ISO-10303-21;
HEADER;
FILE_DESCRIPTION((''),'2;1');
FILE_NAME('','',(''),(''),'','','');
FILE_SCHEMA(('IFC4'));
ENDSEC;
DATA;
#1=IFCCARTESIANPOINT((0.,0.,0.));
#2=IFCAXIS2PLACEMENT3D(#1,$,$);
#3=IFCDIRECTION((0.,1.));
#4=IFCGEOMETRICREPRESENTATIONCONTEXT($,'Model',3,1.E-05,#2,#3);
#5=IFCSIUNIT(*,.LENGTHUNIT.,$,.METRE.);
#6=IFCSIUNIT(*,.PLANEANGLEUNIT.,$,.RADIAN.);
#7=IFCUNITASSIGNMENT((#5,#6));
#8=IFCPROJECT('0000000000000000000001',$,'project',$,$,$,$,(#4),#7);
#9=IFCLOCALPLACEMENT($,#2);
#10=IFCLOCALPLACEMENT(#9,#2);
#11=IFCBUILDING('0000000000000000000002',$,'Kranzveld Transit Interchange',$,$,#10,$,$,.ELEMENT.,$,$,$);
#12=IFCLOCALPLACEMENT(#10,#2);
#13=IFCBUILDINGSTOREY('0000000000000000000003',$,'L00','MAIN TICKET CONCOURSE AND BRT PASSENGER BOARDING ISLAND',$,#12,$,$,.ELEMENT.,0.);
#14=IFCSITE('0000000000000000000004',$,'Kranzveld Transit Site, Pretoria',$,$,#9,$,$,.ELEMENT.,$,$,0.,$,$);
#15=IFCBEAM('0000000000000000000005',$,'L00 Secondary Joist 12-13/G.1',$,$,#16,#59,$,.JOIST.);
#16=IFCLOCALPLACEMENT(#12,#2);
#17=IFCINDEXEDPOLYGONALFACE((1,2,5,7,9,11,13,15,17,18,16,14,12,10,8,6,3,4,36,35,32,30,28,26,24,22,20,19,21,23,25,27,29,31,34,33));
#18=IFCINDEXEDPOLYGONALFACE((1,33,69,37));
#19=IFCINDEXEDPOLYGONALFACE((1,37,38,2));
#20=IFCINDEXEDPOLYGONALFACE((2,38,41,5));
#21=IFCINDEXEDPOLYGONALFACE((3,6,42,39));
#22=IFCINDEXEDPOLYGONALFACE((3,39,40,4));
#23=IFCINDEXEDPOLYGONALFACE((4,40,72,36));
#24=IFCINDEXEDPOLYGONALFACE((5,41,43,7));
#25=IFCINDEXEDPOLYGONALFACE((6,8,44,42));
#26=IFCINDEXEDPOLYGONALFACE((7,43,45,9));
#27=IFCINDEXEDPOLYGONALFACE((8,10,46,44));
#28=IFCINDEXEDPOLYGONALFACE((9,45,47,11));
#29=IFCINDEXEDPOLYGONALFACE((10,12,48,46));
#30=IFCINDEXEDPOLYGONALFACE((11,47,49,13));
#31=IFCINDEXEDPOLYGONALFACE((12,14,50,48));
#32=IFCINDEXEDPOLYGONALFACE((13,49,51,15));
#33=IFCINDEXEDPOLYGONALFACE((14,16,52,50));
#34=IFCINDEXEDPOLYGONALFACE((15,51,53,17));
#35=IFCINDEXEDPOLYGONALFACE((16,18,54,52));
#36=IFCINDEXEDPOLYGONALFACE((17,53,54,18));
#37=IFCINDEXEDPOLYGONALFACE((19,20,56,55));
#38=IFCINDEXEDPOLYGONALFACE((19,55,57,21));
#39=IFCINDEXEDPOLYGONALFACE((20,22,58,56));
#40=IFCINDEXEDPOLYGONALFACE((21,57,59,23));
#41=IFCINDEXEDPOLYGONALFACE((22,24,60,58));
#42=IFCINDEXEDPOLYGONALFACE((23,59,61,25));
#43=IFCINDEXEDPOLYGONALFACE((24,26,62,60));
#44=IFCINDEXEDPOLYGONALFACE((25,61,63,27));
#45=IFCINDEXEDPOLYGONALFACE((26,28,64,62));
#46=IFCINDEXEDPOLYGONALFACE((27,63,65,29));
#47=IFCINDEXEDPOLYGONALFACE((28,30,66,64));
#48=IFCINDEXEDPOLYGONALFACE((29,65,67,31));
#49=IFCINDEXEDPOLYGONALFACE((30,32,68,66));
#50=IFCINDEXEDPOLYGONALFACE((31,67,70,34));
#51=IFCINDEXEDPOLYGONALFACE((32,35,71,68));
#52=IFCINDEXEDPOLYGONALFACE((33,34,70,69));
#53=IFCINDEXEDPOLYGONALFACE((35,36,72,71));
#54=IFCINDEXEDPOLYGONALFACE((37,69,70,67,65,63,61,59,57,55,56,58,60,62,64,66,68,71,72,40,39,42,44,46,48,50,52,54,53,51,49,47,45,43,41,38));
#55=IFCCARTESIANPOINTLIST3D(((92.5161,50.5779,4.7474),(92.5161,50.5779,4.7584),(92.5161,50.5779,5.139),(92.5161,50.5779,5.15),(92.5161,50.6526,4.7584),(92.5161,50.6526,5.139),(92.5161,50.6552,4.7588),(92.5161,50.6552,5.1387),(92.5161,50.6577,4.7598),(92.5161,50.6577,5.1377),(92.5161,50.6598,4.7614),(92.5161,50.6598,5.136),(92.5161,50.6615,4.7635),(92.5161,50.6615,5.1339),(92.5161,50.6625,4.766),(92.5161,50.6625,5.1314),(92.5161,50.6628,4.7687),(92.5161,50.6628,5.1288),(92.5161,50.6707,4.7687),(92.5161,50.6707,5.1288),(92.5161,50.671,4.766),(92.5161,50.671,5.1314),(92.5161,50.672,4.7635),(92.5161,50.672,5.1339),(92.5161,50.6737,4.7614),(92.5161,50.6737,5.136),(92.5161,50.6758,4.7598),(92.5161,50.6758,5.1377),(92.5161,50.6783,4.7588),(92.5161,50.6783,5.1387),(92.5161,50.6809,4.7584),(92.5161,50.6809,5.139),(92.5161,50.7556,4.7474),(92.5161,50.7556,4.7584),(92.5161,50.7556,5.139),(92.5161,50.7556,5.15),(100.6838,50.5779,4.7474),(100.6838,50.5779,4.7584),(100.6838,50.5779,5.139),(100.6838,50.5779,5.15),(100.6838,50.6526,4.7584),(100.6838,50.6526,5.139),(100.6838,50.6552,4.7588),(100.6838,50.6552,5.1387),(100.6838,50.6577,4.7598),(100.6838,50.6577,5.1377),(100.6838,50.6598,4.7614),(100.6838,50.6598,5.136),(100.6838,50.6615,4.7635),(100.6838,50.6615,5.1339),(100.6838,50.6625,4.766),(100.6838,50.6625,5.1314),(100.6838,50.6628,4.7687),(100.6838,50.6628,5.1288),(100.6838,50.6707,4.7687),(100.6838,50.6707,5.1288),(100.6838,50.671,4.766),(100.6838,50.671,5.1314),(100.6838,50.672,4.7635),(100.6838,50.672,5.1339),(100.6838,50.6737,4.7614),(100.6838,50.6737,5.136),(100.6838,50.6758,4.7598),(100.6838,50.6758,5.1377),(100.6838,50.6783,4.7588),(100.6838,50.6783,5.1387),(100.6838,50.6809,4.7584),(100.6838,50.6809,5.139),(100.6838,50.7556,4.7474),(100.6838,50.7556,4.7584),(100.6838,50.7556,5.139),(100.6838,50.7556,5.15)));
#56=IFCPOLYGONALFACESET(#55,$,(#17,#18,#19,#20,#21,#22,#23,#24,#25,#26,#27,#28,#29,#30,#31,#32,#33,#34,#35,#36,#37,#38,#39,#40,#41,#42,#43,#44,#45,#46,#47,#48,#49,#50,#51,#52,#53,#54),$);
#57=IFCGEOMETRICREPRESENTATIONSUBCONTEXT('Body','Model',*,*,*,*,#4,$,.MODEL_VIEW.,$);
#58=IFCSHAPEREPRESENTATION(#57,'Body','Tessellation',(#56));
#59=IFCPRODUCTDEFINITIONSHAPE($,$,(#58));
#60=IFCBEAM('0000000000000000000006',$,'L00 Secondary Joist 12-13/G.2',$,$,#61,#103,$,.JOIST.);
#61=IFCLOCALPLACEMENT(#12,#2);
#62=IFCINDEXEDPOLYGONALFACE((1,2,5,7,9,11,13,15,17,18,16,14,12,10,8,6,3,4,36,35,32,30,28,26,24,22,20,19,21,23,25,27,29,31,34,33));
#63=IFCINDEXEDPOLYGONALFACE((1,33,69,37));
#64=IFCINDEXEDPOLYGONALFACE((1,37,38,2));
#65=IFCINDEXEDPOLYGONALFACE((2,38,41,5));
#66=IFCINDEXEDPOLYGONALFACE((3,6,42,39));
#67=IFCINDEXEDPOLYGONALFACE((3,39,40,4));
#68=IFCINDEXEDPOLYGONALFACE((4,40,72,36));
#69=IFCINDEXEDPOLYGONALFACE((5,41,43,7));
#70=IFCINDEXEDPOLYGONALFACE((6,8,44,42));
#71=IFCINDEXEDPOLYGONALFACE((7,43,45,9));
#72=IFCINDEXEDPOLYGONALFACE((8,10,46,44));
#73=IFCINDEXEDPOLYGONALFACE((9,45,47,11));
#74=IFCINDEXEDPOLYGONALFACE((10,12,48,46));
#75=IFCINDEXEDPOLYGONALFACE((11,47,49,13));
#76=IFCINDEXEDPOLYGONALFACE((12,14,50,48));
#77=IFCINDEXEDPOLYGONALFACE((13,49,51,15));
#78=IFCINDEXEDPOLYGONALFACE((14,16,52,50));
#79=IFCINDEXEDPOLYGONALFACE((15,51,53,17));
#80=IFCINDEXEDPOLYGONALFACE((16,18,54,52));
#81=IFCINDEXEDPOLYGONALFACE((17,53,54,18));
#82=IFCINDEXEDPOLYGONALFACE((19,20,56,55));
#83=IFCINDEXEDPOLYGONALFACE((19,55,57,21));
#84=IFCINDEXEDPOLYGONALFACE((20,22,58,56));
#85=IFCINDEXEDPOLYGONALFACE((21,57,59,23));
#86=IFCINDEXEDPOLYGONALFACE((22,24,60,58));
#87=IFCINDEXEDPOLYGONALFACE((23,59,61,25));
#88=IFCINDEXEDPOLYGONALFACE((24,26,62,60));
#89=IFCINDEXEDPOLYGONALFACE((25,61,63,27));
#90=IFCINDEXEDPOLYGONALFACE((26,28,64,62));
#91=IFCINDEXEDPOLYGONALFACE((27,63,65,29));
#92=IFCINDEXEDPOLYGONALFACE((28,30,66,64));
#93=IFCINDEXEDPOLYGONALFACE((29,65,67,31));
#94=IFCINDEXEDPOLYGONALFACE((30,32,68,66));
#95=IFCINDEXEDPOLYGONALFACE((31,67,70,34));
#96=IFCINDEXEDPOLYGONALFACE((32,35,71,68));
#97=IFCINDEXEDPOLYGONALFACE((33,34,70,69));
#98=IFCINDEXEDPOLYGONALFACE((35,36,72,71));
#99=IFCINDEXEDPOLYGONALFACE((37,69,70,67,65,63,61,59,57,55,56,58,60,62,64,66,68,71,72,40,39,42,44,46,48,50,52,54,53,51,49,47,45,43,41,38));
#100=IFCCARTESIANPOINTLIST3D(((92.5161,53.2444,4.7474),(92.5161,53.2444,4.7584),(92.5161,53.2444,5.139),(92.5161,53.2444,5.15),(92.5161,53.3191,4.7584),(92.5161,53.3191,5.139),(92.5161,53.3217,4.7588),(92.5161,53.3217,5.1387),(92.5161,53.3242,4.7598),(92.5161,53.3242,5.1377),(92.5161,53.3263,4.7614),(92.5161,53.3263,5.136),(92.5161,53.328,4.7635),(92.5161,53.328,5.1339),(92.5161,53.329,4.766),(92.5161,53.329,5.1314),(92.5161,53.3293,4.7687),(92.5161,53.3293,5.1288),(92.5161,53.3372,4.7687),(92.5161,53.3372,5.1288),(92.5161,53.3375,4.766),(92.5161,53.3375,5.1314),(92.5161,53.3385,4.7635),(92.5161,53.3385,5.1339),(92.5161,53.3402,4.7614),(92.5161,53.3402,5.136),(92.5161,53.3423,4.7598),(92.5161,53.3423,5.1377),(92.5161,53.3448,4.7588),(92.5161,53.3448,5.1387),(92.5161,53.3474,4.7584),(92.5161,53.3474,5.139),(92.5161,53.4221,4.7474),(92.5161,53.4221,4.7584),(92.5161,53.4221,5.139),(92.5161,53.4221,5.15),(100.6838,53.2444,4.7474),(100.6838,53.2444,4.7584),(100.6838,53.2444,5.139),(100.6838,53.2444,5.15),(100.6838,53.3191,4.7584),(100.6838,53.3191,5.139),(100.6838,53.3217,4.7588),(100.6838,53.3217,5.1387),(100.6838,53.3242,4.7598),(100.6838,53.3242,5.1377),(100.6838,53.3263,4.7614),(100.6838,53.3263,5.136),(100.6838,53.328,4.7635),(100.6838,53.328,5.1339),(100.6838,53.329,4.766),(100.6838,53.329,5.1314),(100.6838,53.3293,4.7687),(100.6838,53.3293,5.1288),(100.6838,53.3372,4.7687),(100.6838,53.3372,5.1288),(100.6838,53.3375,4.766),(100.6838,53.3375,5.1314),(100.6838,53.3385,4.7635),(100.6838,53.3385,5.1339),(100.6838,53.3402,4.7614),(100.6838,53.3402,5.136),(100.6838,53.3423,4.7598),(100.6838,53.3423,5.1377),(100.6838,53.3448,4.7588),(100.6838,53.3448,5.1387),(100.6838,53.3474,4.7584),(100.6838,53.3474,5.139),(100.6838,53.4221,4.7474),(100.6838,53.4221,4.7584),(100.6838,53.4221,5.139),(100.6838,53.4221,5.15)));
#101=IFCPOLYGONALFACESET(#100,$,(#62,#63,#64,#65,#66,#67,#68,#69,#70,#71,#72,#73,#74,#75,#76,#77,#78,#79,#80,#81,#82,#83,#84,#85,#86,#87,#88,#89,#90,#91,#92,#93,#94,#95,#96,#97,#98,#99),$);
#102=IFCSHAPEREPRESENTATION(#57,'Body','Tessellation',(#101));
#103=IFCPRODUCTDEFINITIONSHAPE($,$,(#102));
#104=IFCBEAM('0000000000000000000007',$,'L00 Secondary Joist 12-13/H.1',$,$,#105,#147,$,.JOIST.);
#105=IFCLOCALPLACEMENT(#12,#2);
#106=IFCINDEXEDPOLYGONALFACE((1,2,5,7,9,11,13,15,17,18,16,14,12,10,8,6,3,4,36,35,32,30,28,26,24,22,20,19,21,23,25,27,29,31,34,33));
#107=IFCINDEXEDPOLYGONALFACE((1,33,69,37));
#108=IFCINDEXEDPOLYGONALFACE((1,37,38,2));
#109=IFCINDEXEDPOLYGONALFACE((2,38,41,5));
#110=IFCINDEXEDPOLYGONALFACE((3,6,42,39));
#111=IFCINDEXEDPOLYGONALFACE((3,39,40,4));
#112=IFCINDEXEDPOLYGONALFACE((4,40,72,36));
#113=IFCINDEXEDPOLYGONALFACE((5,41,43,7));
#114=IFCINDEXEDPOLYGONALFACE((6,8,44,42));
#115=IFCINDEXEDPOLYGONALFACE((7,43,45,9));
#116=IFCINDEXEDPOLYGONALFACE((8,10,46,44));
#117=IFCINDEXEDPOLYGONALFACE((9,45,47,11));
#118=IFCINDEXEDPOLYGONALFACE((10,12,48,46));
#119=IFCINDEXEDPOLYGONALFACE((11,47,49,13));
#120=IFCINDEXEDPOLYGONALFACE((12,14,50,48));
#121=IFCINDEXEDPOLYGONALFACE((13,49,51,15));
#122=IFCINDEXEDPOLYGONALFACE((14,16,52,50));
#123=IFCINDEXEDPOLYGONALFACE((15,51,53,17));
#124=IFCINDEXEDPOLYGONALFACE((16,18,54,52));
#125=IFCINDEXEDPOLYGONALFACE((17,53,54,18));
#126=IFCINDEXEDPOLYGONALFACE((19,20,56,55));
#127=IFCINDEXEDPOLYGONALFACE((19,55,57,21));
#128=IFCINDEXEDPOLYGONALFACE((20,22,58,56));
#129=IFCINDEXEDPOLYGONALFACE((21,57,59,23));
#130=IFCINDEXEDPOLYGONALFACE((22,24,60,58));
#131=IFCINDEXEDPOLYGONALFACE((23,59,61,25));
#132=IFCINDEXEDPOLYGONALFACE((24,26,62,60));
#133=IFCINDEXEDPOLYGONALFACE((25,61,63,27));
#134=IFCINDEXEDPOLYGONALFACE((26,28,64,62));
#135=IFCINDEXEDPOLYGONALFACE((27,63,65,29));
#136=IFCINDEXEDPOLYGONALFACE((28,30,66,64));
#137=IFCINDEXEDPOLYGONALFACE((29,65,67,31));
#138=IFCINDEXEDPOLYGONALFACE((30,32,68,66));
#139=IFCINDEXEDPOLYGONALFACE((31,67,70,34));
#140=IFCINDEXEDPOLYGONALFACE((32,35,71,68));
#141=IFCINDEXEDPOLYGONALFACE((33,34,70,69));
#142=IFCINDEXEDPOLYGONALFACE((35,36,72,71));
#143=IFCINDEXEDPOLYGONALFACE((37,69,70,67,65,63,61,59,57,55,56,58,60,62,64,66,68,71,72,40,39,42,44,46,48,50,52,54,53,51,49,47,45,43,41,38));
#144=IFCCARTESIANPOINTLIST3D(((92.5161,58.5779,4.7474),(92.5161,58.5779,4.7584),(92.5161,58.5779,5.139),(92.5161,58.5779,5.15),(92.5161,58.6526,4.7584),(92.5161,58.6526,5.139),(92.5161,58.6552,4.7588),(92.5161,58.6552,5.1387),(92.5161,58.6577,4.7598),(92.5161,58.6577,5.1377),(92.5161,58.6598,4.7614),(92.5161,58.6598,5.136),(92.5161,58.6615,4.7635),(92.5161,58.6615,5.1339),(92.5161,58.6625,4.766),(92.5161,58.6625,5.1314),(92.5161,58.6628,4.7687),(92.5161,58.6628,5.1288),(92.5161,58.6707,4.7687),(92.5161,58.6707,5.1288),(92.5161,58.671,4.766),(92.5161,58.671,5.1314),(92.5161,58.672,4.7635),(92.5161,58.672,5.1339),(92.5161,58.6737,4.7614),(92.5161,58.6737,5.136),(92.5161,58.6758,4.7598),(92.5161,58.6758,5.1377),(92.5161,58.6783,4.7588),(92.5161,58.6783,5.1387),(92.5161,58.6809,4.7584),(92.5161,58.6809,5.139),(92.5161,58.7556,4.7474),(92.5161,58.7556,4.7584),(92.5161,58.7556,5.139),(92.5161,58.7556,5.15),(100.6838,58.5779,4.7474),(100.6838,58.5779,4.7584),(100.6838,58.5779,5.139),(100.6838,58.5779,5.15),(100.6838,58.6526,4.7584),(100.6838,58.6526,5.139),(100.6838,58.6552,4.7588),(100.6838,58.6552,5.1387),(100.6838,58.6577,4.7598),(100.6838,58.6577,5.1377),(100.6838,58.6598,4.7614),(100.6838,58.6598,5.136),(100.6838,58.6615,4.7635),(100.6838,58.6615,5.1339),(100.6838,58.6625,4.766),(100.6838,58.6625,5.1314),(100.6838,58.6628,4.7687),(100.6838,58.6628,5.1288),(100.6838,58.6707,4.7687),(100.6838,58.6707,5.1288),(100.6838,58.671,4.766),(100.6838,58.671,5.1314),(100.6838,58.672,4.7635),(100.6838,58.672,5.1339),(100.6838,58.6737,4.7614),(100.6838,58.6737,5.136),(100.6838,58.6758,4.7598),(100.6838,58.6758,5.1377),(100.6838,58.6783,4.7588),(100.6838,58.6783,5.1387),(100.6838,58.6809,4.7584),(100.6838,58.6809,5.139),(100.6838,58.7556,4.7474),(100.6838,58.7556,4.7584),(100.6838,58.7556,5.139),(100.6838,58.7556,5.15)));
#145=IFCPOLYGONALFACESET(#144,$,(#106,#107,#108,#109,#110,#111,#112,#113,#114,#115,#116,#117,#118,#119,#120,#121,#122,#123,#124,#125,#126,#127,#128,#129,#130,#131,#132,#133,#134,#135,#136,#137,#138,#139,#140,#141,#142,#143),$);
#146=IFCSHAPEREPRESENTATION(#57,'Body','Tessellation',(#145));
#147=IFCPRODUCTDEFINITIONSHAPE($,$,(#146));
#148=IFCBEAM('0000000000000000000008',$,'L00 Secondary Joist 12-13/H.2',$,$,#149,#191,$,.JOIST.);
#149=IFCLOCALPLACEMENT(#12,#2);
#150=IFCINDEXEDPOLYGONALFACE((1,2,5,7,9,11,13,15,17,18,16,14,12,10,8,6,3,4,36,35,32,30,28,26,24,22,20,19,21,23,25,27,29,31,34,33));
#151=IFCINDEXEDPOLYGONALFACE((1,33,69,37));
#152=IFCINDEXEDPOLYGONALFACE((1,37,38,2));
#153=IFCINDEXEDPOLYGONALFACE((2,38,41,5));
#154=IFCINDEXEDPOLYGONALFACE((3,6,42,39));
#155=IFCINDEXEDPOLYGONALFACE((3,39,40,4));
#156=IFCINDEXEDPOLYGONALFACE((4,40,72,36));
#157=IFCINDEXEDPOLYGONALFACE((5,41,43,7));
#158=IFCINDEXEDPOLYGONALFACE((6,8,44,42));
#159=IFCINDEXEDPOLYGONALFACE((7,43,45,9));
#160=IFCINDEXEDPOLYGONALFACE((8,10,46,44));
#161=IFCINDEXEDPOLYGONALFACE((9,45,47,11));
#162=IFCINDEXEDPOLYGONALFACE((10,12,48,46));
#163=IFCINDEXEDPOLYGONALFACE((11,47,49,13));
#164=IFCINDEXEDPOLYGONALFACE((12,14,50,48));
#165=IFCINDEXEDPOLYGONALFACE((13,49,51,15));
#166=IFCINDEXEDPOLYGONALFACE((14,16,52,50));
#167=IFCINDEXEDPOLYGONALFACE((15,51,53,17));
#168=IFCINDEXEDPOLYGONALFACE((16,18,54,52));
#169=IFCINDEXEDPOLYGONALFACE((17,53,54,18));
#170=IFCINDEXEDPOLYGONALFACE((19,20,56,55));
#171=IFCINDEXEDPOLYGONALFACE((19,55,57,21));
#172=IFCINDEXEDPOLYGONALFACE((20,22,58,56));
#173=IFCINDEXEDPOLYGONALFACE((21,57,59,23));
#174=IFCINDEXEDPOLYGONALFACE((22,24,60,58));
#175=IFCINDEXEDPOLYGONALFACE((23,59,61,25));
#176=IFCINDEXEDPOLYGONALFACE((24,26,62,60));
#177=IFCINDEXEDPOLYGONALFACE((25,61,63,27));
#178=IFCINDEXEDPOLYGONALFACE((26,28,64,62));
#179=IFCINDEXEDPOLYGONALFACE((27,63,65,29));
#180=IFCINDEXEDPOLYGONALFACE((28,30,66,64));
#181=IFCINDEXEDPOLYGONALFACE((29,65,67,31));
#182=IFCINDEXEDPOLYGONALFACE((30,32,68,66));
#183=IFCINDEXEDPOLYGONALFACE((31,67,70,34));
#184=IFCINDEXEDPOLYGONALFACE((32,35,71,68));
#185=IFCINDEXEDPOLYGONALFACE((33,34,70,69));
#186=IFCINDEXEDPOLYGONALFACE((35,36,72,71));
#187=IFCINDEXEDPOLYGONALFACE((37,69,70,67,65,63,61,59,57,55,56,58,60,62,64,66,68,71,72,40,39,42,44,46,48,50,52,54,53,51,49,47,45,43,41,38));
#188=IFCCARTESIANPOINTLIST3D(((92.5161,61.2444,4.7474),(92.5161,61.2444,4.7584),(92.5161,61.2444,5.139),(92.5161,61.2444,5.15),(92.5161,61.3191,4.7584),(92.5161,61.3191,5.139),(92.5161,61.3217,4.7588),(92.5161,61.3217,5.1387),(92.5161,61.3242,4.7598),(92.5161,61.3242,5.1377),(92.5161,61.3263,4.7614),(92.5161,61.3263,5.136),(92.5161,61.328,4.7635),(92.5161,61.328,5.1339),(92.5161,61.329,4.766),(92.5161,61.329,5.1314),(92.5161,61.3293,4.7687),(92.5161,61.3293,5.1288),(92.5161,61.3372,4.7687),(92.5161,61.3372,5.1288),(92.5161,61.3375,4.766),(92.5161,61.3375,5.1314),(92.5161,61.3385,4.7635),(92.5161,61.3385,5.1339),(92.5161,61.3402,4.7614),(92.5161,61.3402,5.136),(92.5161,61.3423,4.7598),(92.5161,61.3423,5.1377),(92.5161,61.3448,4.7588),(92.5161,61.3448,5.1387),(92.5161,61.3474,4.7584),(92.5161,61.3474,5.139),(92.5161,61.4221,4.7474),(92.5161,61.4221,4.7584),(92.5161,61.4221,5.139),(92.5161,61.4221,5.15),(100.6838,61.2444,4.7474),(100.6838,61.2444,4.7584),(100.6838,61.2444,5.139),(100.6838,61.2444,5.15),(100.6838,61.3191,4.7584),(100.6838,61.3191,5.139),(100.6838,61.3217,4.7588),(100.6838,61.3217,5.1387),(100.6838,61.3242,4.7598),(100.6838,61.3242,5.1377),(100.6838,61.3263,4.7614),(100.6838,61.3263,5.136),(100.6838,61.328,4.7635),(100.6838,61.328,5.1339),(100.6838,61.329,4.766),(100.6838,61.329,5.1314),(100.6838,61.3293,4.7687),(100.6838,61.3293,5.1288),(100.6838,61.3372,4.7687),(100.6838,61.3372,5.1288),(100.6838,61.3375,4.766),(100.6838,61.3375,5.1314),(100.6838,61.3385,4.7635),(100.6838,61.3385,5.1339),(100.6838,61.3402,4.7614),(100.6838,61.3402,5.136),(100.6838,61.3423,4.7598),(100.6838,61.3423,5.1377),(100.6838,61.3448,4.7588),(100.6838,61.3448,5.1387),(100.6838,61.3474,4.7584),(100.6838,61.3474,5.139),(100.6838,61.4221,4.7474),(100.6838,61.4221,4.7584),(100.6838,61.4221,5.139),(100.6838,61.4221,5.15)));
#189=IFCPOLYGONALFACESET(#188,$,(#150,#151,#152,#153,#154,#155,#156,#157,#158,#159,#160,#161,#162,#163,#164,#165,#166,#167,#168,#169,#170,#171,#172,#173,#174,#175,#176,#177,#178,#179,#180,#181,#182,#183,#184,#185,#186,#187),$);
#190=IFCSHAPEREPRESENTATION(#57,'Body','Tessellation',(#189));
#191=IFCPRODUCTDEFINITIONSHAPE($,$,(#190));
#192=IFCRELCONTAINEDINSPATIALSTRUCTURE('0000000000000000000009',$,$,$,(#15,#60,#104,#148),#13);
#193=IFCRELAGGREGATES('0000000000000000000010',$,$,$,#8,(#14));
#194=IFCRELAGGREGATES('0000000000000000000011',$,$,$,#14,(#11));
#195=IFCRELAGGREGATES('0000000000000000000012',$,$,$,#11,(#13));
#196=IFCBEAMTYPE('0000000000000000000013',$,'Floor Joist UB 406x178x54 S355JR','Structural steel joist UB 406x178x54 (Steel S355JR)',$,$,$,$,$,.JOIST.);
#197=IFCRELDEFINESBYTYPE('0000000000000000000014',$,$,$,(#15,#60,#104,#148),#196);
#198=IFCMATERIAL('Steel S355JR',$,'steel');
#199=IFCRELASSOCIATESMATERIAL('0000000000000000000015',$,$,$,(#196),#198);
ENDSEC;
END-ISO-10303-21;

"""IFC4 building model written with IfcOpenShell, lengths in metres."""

from ifc_helpers import new_model, si_unit, direction, frame, origin, origin_2d, place, context, subcontext, project, spatial, i_section, extrude, material, material_profile, profile_set, type_object, element, save


model = new_model("IFC4")

# Units and contexts
model_context = context("Model", 3, precision=1e-05, world=origin(), true_north=direction((0.0, 1.0)))
body_context = subcontext(model_context, "Body", "Model", "MODEL_VIEW")
ifc_project = project(units=[si_unit("LENGTHUNIT", "METRE"), si_unit("PLANEANGLEUNIT", "RADIAN")], contexts=[model_context])

# Site, building, storey
site_placement = place(None, origin())
site = spatial("IfcSite", under=ifc_project, at=site_placement, Name="Kranzveld Transit Site, Pretoria", CompositionType="ELEMENT", RefElevation=0.0)
building_placement = place(site_placement, origin())
building = spatial("IfcBuilding", under=site, at=building_placement, Name="Kranzveld Transit Interchange", CompositionType="ELEMENT")
storey_placement = place(building_placement, origin())
storey = spatial("IfcBuildingStorey", under=building, at=storey_placement, Name="L00", Description="MAIN TICKET CONCOURSE AND BRT PASSENGER BOARDING ISLAND", CompositionType="ELEMENT", Elevation=0.0)

# Beams
ifc_material_1 = material(Name="Steel S355JR", Category="steel")
ifc_material_profile_1 = material_profile(ifc_material_1, i_section(OverallWidth=0.1777, OverallDepth=0.4026, WebThickness=0.0078, FlangeThickness=0.011, FilletRadius=0.0103, at=origin_2d()), Name="UB 406x178x54")
ifc_profile_set_1 = profile_set([ifc_material_profile_1], Name="Steel S355JR")
beam_type_1 = type_object("IfcBeamType", Name="Floor Joist UB 406x178x54 S355JR", Description="Structural steel joist UB 406x178x54 (Steel S355JR)", PredefinedType="JOIST", material=ifc_profile_set_1)
for number, where, z_axis, x_axis, name in (
    (1, (92.5161, 50.6667, 4.9487), (1.0, 0.0, 0.0), (0.0, 1.0, 0.0), "L00 Secondary Joist 12-13/G.1"),
    (2, (92.5161, 53.3333, 4.9487), (1.0, 0.0, 0.0), (0.0, 1.0, 0.0), "L00 Secondary Joist 12-13/G.2"),
    (3, (92.5161, 58.6667, 4.9487), (1.0, 0.0, 0.0), (0.0, 1.0, 0.0), "L00 Secondary Joist 12-13/H.1"),
    (4, (92.5161, 61.3333, 4.9487), (1.0, 0.0, 0.0), (0.0, 1.0, 0.0), "L00 Secondary Joist 12-13/H.2"),
):
    element("IfcBeam", number, at=place(storey_placement, frame(where, z_axis=z_axis, x_axis=x_axis)), inside=storey, type_object=beam_type_1, Name=name, PredefinedType="JOIST", context=body_context, shape_type="SweptSolid", body=[
        extrude(i_section(OverallWidth=0.1777, OverallDepth=0.4026, WebThickness=0.0078, FlangeThickness=0.011, FilletRadius=0.0103, at=origin_2d()), origin(), (0.0, 0.0, 1.0), 8.1677),
    ])

save(model, "model.ifc")
